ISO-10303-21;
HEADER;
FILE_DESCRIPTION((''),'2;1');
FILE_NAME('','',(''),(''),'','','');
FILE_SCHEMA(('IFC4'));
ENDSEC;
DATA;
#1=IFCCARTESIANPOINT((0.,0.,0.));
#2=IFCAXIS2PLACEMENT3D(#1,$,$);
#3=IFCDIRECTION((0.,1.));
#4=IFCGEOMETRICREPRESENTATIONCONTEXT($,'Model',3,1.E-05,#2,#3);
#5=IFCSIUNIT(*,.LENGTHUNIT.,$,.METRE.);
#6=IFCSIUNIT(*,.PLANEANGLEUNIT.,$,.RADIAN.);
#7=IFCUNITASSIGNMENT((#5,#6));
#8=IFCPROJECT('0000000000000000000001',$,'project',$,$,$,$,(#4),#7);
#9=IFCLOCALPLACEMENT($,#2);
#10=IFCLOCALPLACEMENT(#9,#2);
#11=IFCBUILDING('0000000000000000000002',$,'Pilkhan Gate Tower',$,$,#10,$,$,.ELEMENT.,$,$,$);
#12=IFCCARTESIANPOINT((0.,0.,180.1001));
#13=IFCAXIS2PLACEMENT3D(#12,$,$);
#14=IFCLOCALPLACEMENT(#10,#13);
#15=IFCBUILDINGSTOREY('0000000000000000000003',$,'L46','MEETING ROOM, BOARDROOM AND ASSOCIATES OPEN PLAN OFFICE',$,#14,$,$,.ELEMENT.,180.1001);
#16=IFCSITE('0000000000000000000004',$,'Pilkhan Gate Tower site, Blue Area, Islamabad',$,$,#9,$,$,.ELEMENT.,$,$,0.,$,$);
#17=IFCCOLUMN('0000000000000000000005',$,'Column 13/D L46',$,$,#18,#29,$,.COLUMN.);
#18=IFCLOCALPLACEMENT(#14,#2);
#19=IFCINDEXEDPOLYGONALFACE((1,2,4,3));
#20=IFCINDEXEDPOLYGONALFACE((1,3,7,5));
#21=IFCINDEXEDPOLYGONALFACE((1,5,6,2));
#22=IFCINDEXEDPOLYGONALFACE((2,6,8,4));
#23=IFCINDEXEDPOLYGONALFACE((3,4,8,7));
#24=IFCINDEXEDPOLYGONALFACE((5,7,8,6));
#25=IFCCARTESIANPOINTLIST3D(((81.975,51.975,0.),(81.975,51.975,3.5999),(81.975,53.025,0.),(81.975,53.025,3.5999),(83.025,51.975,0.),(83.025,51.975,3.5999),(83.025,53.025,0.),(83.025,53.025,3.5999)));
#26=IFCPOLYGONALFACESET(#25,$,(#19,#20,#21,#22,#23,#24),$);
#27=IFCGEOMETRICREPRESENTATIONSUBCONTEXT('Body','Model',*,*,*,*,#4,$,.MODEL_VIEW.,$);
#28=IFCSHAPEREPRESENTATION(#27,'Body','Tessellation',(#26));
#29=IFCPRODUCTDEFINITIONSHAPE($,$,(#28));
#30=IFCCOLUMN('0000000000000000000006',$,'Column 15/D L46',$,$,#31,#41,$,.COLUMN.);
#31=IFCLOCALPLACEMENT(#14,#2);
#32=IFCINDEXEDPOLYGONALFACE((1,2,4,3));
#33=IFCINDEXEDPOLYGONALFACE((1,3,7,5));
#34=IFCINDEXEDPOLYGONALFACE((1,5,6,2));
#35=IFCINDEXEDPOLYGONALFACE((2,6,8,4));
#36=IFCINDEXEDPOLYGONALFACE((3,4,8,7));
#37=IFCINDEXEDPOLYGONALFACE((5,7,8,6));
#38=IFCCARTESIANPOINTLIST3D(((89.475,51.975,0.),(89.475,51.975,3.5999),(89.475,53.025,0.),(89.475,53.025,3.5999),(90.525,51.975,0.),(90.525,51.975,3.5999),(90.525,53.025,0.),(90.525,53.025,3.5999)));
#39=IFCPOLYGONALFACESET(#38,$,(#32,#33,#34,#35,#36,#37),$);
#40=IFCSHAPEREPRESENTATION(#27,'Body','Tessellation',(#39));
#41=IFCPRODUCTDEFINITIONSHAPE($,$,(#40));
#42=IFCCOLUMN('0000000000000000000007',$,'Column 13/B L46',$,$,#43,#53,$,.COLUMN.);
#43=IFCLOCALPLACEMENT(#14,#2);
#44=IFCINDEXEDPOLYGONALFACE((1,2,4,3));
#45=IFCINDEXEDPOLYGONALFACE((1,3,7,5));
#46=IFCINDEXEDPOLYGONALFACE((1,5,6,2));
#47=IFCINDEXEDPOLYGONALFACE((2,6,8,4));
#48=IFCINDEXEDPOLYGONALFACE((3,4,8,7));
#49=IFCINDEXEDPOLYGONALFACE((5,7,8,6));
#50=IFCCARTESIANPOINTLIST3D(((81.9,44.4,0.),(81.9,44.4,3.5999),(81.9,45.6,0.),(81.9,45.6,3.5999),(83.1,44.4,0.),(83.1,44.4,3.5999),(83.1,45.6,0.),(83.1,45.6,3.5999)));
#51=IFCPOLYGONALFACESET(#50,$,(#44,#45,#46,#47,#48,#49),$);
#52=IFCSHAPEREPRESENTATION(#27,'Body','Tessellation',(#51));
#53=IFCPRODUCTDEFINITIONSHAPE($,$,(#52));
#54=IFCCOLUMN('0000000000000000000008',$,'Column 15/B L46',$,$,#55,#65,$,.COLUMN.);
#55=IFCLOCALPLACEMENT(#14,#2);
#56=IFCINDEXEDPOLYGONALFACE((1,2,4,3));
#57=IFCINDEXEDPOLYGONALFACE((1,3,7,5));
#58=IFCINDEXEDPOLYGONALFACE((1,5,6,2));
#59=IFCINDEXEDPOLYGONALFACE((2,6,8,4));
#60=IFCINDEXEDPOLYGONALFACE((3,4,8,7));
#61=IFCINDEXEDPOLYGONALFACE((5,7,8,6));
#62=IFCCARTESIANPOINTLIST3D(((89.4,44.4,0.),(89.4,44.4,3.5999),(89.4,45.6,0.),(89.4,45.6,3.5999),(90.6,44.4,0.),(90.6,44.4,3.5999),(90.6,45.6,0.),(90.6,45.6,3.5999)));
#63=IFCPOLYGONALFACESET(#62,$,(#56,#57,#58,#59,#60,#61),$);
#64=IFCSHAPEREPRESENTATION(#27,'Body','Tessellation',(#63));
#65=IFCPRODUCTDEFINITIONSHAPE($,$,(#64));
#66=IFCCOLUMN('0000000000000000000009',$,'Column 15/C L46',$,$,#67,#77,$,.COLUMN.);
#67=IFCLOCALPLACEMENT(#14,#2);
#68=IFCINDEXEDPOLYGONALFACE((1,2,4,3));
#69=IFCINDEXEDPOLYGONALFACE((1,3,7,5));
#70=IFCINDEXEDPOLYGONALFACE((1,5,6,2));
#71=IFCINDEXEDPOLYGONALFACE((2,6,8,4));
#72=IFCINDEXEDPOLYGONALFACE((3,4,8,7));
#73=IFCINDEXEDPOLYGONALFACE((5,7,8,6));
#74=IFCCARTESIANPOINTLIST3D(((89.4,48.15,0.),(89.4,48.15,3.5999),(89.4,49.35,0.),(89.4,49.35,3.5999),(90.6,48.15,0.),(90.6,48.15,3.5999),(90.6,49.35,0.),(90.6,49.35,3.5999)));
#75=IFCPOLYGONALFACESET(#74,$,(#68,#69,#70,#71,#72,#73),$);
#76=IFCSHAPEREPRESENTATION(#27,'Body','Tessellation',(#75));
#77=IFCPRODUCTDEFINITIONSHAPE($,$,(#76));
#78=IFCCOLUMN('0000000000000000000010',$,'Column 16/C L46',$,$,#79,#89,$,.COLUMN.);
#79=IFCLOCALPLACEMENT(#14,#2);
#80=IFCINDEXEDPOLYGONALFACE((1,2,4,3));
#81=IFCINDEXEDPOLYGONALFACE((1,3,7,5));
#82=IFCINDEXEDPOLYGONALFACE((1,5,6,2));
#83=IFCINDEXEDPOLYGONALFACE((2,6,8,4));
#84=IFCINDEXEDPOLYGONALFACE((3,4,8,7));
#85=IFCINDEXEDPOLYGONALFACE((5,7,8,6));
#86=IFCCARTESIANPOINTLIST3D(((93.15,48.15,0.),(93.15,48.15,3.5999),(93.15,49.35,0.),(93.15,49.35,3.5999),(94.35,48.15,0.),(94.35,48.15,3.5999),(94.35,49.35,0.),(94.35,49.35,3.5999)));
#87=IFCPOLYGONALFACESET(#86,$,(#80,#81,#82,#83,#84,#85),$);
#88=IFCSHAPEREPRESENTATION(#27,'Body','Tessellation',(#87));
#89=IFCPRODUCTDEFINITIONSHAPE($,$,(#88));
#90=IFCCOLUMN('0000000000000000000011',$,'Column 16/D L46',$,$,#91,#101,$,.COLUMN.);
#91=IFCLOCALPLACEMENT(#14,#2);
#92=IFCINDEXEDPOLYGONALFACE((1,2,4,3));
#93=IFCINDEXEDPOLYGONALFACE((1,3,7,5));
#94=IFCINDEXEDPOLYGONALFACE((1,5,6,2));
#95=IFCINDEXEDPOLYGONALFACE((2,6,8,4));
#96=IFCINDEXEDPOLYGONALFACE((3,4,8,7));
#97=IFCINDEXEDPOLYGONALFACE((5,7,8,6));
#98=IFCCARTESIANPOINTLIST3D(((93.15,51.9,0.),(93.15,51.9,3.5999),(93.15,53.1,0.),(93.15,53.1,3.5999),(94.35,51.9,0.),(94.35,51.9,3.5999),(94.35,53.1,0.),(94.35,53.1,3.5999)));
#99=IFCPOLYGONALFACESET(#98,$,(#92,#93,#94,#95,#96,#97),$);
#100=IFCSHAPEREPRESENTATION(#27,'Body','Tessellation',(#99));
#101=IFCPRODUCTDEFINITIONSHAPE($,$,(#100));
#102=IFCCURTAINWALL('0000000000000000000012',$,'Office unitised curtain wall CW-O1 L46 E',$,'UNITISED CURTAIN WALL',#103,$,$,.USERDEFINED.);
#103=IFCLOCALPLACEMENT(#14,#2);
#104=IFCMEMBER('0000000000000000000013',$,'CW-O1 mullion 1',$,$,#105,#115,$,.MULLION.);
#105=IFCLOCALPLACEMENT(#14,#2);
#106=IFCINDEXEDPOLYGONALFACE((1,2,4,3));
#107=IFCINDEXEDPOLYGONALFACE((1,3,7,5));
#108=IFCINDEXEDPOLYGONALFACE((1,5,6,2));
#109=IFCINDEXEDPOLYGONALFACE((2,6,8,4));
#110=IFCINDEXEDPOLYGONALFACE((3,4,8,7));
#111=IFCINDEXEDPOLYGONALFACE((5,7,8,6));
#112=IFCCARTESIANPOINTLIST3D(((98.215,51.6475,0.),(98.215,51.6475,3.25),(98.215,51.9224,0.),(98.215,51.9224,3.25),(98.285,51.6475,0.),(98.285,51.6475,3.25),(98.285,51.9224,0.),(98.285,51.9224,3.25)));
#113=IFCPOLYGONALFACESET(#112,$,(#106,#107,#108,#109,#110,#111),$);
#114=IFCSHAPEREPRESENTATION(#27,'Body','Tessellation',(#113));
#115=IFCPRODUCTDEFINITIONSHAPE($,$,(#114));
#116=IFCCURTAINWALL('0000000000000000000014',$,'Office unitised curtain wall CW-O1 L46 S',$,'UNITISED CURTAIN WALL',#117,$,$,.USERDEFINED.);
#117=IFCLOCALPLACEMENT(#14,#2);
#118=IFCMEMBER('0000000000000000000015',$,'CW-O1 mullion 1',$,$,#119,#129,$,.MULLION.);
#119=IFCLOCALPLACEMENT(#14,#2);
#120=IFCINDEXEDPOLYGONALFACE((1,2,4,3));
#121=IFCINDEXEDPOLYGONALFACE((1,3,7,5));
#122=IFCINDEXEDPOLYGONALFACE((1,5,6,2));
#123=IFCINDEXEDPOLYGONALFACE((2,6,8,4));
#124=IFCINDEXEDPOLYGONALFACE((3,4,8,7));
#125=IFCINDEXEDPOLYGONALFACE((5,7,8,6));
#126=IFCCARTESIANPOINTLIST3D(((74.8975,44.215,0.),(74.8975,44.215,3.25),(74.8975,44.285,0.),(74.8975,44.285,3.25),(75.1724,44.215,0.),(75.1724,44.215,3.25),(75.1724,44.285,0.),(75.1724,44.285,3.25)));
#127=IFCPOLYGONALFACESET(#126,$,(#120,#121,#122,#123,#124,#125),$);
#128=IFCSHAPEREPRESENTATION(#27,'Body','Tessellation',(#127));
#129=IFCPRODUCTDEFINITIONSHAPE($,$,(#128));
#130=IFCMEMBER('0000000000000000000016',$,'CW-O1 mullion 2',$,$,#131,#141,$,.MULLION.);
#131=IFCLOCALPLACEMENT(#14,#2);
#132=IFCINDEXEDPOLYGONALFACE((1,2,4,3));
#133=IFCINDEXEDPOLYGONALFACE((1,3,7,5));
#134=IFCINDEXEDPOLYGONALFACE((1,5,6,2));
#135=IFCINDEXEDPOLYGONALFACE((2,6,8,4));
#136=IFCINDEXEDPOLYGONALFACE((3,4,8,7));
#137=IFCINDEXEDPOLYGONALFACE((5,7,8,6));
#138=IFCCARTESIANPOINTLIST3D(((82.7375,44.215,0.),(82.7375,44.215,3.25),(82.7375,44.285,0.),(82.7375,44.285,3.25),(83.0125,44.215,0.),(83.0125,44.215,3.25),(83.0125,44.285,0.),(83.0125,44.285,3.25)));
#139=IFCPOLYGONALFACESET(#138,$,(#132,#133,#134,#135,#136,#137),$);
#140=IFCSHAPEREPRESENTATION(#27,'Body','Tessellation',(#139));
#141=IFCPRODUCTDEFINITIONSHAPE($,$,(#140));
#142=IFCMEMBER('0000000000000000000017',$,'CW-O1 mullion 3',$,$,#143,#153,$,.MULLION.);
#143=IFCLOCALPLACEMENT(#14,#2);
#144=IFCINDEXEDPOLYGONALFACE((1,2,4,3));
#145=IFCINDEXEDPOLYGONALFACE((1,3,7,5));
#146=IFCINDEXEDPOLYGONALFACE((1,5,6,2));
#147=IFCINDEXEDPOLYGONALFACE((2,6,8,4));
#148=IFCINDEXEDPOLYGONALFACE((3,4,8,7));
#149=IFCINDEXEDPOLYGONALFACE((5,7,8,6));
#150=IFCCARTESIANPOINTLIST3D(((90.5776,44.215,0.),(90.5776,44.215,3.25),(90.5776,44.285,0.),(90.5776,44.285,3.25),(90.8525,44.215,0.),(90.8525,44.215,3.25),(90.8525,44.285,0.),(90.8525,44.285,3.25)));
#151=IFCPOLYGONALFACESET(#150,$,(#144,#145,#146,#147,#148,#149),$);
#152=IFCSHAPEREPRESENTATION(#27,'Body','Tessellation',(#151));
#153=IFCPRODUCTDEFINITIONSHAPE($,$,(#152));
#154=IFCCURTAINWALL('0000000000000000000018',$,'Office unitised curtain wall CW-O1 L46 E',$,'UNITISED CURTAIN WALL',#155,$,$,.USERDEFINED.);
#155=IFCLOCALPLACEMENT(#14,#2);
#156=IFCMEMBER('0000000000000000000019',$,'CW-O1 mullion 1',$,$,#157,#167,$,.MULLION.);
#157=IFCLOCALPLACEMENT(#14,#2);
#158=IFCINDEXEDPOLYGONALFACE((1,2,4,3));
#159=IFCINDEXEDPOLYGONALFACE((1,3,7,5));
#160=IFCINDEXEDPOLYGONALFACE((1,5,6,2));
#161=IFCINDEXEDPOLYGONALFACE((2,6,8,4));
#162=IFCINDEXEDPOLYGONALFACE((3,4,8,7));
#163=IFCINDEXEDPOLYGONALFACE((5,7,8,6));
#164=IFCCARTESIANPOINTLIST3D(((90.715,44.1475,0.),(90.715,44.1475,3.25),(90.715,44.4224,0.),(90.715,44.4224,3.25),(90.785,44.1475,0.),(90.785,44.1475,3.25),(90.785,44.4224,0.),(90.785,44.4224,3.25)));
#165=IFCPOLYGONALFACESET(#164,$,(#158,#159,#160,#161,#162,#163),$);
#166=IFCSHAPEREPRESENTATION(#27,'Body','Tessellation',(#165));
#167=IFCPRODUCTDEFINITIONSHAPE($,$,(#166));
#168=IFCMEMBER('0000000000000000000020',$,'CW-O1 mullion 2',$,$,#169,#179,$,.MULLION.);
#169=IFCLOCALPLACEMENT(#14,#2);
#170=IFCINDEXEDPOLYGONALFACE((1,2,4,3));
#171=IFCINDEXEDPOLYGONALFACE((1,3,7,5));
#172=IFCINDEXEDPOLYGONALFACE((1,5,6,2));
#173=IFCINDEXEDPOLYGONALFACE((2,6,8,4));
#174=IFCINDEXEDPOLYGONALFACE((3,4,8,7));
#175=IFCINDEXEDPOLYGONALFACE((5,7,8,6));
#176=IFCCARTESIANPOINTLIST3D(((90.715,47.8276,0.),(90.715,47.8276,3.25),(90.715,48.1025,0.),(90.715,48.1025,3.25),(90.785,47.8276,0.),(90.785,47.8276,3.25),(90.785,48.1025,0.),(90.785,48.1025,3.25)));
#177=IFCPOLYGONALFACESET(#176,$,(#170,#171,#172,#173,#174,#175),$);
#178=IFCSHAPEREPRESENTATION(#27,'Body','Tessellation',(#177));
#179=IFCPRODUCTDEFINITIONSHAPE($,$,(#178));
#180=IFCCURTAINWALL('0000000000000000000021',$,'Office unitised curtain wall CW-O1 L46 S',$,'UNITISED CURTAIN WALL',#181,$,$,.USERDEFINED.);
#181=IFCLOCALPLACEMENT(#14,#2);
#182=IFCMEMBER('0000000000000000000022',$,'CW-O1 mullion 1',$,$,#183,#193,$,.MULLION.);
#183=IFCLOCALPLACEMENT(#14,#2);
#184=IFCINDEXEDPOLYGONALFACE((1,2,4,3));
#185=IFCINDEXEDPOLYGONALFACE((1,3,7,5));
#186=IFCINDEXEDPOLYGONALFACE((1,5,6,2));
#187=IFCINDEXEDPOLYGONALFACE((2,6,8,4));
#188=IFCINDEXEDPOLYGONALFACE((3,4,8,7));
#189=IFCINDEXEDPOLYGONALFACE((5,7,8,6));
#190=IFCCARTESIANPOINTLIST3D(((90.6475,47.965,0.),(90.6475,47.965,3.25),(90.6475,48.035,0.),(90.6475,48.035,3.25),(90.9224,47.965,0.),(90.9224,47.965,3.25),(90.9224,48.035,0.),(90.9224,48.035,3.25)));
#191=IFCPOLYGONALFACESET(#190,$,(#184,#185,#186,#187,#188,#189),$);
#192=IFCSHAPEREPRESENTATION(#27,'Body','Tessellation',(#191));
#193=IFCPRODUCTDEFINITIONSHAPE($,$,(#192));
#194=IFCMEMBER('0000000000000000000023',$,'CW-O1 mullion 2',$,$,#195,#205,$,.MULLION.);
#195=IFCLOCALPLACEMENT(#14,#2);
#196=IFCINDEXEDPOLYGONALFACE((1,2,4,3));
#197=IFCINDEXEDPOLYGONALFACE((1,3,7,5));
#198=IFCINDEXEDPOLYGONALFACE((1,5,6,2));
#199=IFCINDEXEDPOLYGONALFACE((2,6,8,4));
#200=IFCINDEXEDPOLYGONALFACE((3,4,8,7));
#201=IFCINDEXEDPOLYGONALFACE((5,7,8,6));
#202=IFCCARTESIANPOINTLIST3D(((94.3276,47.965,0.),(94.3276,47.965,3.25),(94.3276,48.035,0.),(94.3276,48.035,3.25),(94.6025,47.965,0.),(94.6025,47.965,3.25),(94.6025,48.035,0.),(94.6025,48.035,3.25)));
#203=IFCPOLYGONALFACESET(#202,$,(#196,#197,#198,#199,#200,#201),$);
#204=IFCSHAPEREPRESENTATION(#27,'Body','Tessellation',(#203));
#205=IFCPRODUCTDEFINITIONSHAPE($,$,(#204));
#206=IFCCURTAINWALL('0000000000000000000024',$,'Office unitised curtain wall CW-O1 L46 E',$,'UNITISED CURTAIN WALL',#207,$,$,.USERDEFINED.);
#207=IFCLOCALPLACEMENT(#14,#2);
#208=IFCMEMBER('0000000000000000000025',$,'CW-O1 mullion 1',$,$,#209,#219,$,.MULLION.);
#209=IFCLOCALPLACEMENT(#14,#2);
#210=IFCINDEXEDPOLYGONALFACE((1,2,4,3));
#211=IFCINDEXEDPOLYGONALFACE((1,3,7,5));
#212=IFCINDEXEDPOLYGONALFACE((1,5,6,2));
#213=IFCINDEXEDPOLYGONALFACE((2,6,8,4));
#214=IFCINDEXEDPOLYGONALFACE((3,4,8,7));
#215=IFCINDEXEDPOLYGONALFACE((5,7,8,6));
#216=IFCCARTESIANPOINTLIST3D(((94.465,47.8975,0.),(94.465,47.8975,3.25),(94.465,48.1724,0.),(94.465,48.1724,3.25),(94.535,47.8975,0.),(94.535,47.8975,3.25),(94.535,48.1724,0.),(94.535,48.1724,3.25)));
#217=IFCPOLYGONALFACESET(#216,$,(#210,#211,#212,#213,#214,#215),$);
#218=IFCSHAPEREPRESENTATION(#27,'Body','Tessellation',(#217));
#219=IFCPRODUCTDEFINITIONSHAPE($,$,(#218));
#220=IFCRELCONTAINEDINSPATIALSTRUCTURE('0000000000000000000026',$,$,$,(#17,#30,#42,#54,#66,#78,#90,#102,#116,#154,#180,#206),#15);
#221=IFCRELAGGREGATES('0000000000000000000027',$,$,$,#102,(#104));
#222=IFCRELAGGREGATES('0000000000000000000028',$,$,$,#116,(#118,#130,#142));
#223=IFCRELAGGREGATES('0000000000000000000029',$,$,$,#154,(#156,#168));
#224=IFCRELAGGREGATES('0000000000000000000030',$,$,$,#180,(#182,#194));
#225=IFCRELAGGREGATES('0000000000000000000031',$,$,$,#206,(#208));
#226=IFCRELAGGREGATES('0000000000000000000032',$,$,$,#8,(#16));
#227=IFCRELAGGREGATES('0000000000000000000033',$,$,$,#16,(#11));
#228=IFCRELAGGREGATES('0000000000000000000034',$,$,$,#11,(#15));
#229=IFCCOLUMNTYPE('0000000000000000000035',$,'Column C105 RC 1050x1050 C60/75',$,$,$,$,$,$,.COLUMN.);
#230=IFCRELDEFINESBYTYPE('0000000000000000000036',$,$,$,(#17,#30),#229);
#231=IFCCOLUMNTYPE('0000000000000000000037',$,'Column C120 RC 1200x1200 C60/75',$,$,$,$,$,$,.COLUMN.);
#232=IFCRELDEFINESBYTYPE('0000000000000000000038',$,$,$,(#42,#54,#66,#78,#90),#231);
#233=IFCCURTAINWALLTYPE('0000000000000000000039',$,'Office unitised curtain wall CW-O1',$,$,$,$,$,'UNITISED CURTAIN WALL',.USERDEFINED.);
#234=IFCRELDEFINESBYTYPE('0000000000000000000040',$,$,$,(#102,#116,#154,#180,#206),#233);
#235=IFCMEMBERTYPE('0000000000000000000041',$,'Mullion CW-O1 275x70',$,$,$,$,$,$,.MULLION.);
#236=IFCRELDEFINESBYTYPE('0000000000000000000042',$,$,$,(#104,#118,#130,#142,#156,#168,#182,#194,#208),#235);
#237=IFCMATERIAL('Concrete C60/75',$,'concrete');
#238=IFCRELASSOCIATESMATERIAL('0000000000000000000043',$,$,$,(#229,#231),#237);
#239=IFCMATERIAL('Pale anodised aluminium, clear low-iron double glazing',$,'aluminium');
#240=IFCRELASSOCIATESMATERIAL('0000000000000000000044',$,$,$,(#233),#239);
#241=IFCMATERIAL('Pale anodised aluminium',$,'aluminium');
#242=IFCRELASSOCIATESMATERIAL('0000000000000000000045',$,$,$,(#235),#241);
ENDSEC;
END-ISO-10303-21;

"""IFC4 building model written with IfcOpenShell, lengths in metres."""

from ifc_helpers import new_model, si_unit, direction, frame, origin, origin_2d, place, context, subcontext, project, spatial, rectangle, extrude, material, material_profile, profile_set, type_object, element, aggregate, save


model = new_model("IFC4")

# Units and contexts
model_context = context("Model", 3, precision=1e-05, world=origin(), true_north=direction((0.0, 1.0)))
body_context = subcontext(model_context, "Body", "Model", "MODEL_VIEW")
ifc_project = project(units=[si_unit("LENGTHUNIT", "METRE"), si_unit("PLANEANGLEUNIT", "RADIAN")], contexts=[model_context])

# Site, building, storey
site_placement = place(None, origin())
site = spatial("IfcSite", under=ifc_project, at=site_placement, Name="Pilkhan Gate Tower site, Blue Area, Islamabad", CompositionType="ELEMENT", RefElevation=0.0)
building_placement = place(site_placement, origin())
building = spatial("IfcBuilding", under=site, at=building_placement, Name="Pilkhan Gate Tower", CompositionType="ELEMENT")
storey_placement = place(building_placement, frame((0.0, 0.0, 180.1001)))
storey = spatial("IfcBuildingStorey", under=building, at=storey_placement, Name="L46", Description="MEETING ROOM, BOARDROOM AND ASSOCIATES OPEN PLAN OFFICE", CompositionType="ELEMENT", Elevation=180.1001)

# Columns
ifc_material_1 = material(Name="Concrete C60/75", Category="concrete")
ifc_material_profile_1 = material_profile(ifc_material_1, rectangle(XDim=1.05, YDim=1.05, at=origin_2d()), Name="RC 1050x1050")
ifc_profile_set_1 = profile_set([ifc_material_profile_1], Name="Concrete C60/75")
column_type_1 = type_object("IfcColumnType", Name="Column C105 RC 1050x1050 C60/75", PredefinedType="COLUMN", material=ifc_profile_set_1)
for number, where, z_axis, x_axis, name in (
    (1, (82.5, 52.5, 0.0), (0.0, 0.0, 1.0), (1.0, 0.0, 0.0), "Column 13/D L46"),
    (2, (90.0, 52.5, 0.0), (0.0, 0.0, 1.0), (1.0, 0.0, 0.0), "Column 15/D L46"),
):
    element("IfcColumn", number, at=place(storey_placement, frame(where, z_axis=z_axis, x_axis=x_axis)), inside=storey, type_object=column_type_1, Name=name, PredefinedType="COLUMN", context=body_context, shape_type="SweptSolid", body=[
        extrude(rectangle(XDim=1.05, YDim=1.05, at=origin_2d()), origin(), (0.0, 0.0, 1.0), 3.5999),
    ])
ifc_material_profile_2 = material_profile(ifc_material_1, rectangle(XDim=1.2, YDim=1.2, at=origin_2d()), Name="RC 1200x1200")
ifc_profile_set_2 = profile_set([ifc_material_profile_2], Name="Concrete C60/75")
column_type_2 = type_object("IfcColumnType", Name="Column C120 RC 1200x1200 C60/75", PredefinedType="COLUMN", material=ifc_profile_set_2)
for number, where, z_axis, x_axis, name in (
    (3, (82.5, 45.0, 0.0), (0.0, 0.0, 1.0), (1.0, 0.0, 0.0), "Column 13/B L46"),
    (4, (90.0, 45.0, 0.0), (0.0, 0.0, 1.0), (1.0, 0.0, 0.0), "Column 15/B L46"),
    (5, (90.0, 48.75, 0.0), (0.0, 0.0, 1.0), (1.0, 0.0, 0.0), "Column 15/C L46"),
    (6, (93.75, 48.75, 0.0), (0.0, 0.0, 1.0), (1.0, 0.0, 0.0), "Column 16/C L46"),
    (7, (93.75, 52.5, 0.0), (0.0, 0.0, 1.0), (1.0, 0.0, 0.0), "Column 16/D L46"),
):
    element("IfcColumn", number, at=place(storey_placement, frame(where, z_axis=z_axis, x_axis=x_axis)), inside=storey, type_object=column_type_2, Name=name, PredefinedType="COLUMN", context=body_context, shape_type="SweptSolid", body=[
        extrude(rectangle(XDim=1.2, YDim=1.2, at=origin_2d()), origin(), (0.0, 0.0, 1.0), 3.5999),
    ])

# Curtain wall, member
ifc_material_2 = material(Name="Pale anodised aluminium, clear low-iron double glazing", Category="aluminium")
curtain_wall_type = type_object("IfcCurtainWallType", Name="Office unitised curtain wall CW-O1", ElementType="UNITISED CURTAIN WALL", PredefinedType="USERDEFINED", material=ifc_material_2)
curtain_wall_1_placement = place(storey_placement, origin())
curtain_wall_1 = element("IfcCurtainWall", 8, at=curtain_wall_1_placement, inside=storey, type_object=curtain_wall_type, Name="Office unitised curtain wall CW-O1 L46 E", ObjectType="UNITISED CURTAIN WALL", PredefinedType="USERDEFINED")
ifc_material_3 = material(Name="Pale anodised aluminium", Category="aluminium")
ifc_material_profile_3 = material_profile(ifc_material_3, rectangle(XDim=0.0701, YDim=0.2749, at=origin_2d()), Name="Mullion 275x70")
ifc_profile_set_3 = profile_set([ifc_material_profile_3], Name="Pale anodised aluminium")
member_type_1 = type_object("IfcMemberType", Name="Mullion CW-O1 275x70", PredefinedType="MULLION", material=ifc_profile_set_3)
member_1_placement = place(storey_placement, frame((98.25, 51.7849, 0.0), z_axis=(0.0, 0.0, 1.0), x_axis=(-1.0, 0.0, 0.0)))
member_1 = element("IfcMember", 9, at=member_1_placement, type_object=member_type_1, Name="CW-O1 mullion 1", PredefinedType="MULLION", context=body_context, shape_type="SweptSolid", body=[
    extrude(rectangle(XDim=0.0701, YDim=0.2749, at=origin_2d()), origin(), (0.0, 0.0, 1.0), 3.25),
])

# Curtain walls, members
curtain_wall_2_placement = place(storey_placement, origin())
curtain_wall_2 = element("IfcCurtainWall", 10, at=curtain_wall_2_placement, inside=storey, type_object=curtain_wall_type, Name="Office unitised curtain wall CW-O1 L46 S", ObjectType="UNITISED CURTAIN WALL", PredefinedType="USERDEFINED")
member_2_placement = place(storey_placement, frame((75.0349, 44.25, 0.0), z_axis=(0.0, 0.0, 1.0), x_axis=(0.0, 1.0, 0.0)))
member_2 = element("IfcMember", 11, at=member_2_placement, type_object=member_type_1, Name="CW-O1 mullion 1", PredefinedType="MULLION", context=body_context, shape_type="SweptSolid", body=[
    extrude(rectangle(XDim=0.0701, YDim=0.2749, at=origin_2d()), origin(), (0.0, 0.0, 1.0), 3.25),
])
member_3_placement = place(storey_placement, frame((82.875, 44.25, 0.0), z_axis=(0.0, 0.0, 1.0), x_axis=(0.0, 1.0, 0.0)))
member_3 = element("IfcMember", 12, at=member_3_placement, type_object=member_type_1, Name="CW-O1 mullion 2", PredefinedType="MULLION", context=body_context, shape_type="SweptSolid", body=[
    extrude(rectangle(XDim=0.0701, YDim=0.2749, at=origin_2d()), origin(), (0.0, 0.0, 1.0), 3.25),
])
member_4_placement = place(storey_placement, frame((90.7151, 44.25, 0.0), z_axis=(0.0, 0.0, 1.0), x_axis=(0.0, 1.0, 0.0)))
member_4 = element("IfcMember", 13, at=member_4_placement, type_object=member_type_1, Name="CW-O1 mullion 3", PredefinedType="MULLION", context=body_context, shape_type="SweptSolid", body=[
    extrude(rectangle(XDim=0.0701, YDim=0.2749, at=origin_2d()), origin(), (0.0, 0.0, 1.0), 3.25),
])
curtain_wall_3_placement = place(storey_placement, origin())
curtain_wall_3 = element("IfcCurtainWall", 14, at=curtain_wall_3_placement, inside=storey, type_object=curtain_wall_type, Name="Office unitised curtain wall CW-O1 L46 E", ObjectType="UNITISED CURTAIN WALL", PredefinedType="USERDEFINED")
member_5_placement = place(storey_placement, frame((90.75, 44.2849, 0.0), z_axis=(0.0, 0.0, 1.0), x_axis=(-1.0, 0.0, 0.0)))
member_5 = element("IfcMember", 15, at=member_5_placement, type_object=member_type_1, Name="CW-O1 mullion 1", PredefinedType="MULLION", context=body_context, shape_type="SweptSolid", body=[
    extrude(rectangle(XDim=0.0701, YDim=0.2749, at=origin_2d()), origin(), (0.0, 0.0, 1.0), 3.25),
])
member_6_placement = place(storey_placement, frame((90.75, 47.9651, 0.0), z_axis=(0.0, 0.0, 1.0), x_axis=(-1.0, 0.0, 0.0)))
member_6 = element("IfcMember", 16, at=member_6_placement, type_object=member_type_1, Name="CW-O1 mullion 2", PredefinedType="MULLION", context=body_context, shape_type="SweptSolid", body=[
    extrude(rectangle(XDim=0.0701, YDim=0.2749, at=origin_2d()), origin(), (0.0, 0.0, 1.0), 3.25),
])
curtain_wall_4_placement = place(storey_placement, origin())
curtain_wall_4 = element("IfcCurtainWall", 17, at=curtain_wall_4_placement, inside=storey, type_object=curtain_wall_type, Name="Office unitised curtain wall CW-O1 L46 S", ObjectType="UNITISED CURTAIN WALL", PredefinedType="USERDEFINED")
member_7_placement = place(storey_placement, frame((90.7849, 48.0, 0.0), z_axis=(0.0, 0.0, 1.0), x_axis=(0.0, 1.0, 0.0)))
member_7 = element("IfcMember", 18, at=member_7_placement, type_object=member_type_1, Name="CW-O1 mullion 1", PredefinedType="MULLION", context=body_context, shape_type="SweptSolid", body=[
    extrude(rectangle(XDim=0.0701, YDim=0.2749, at=origin_2d()), origin(), (0.0, 0.0, 1.0), 3.25),
])
member_8_placement = place(storey_placement, frame((94.4651, 48.0, 0.0), z_axis=(0.0, 0.0, 1.0), x_axis=(0.0, 1.0, 0.0)))
member_8 = element("IfcMember", 19, at=member_8_placement, type_object=member_type_1, Name="CW-O1 mullion 2", PredefinedType="MULLION", context=body_context, shape_type="SweptSolid", body=[
    extrude(rectangle(XDim=0.0701, YDim=0.2749, at=origin_2d()), origin(), (0.0, 0.0, 1.0), 3.25),
])
curtain_wall_5_placement = place(storey_placement, origin())
curtain_wall_5 = element("IfcCurtainWall", 20, at=curtain_wall_5_placement, inside=storey, type_object=curtain_wall_type, Name="Office unitised curtain wall CW-O1 L46 E", ObjectType="UNITISED CURTAIN WALL", PredefinedType="USERDEFINED")
member_9_placement = place(storey_placement, frame((94.5, 48.0349, 0.0), z_axis=(0.0, 0.0, 1.0), x_axis=(-1.0, 0.0, 0.0)))
member_9 = element("IfcMember", 21, at=member_9_placement, type_object=member_type_1, Name="CW-O1 mullion 1", PredefinedType="MULLION", context=body_context, shape_type="SweptSolid", body=[
    extrude(rectangle(XDim=0.0701, YDim=0.2749, at=origin_2d()), origin(), (0.0, 0.0, 1.0), 3.25),
])

aggregate(curtain_wall_1, [member_1])

aggregate(curtain_wall_2, [member_2, member_3, member_4])
aggregate(curtain_wall_3, [member_5, member_6])
aggregate(curtain_wall_4, [member_7, member_8])
aggregate(curtain_wall_5, [member_9])

save(model, "model.ifc")
